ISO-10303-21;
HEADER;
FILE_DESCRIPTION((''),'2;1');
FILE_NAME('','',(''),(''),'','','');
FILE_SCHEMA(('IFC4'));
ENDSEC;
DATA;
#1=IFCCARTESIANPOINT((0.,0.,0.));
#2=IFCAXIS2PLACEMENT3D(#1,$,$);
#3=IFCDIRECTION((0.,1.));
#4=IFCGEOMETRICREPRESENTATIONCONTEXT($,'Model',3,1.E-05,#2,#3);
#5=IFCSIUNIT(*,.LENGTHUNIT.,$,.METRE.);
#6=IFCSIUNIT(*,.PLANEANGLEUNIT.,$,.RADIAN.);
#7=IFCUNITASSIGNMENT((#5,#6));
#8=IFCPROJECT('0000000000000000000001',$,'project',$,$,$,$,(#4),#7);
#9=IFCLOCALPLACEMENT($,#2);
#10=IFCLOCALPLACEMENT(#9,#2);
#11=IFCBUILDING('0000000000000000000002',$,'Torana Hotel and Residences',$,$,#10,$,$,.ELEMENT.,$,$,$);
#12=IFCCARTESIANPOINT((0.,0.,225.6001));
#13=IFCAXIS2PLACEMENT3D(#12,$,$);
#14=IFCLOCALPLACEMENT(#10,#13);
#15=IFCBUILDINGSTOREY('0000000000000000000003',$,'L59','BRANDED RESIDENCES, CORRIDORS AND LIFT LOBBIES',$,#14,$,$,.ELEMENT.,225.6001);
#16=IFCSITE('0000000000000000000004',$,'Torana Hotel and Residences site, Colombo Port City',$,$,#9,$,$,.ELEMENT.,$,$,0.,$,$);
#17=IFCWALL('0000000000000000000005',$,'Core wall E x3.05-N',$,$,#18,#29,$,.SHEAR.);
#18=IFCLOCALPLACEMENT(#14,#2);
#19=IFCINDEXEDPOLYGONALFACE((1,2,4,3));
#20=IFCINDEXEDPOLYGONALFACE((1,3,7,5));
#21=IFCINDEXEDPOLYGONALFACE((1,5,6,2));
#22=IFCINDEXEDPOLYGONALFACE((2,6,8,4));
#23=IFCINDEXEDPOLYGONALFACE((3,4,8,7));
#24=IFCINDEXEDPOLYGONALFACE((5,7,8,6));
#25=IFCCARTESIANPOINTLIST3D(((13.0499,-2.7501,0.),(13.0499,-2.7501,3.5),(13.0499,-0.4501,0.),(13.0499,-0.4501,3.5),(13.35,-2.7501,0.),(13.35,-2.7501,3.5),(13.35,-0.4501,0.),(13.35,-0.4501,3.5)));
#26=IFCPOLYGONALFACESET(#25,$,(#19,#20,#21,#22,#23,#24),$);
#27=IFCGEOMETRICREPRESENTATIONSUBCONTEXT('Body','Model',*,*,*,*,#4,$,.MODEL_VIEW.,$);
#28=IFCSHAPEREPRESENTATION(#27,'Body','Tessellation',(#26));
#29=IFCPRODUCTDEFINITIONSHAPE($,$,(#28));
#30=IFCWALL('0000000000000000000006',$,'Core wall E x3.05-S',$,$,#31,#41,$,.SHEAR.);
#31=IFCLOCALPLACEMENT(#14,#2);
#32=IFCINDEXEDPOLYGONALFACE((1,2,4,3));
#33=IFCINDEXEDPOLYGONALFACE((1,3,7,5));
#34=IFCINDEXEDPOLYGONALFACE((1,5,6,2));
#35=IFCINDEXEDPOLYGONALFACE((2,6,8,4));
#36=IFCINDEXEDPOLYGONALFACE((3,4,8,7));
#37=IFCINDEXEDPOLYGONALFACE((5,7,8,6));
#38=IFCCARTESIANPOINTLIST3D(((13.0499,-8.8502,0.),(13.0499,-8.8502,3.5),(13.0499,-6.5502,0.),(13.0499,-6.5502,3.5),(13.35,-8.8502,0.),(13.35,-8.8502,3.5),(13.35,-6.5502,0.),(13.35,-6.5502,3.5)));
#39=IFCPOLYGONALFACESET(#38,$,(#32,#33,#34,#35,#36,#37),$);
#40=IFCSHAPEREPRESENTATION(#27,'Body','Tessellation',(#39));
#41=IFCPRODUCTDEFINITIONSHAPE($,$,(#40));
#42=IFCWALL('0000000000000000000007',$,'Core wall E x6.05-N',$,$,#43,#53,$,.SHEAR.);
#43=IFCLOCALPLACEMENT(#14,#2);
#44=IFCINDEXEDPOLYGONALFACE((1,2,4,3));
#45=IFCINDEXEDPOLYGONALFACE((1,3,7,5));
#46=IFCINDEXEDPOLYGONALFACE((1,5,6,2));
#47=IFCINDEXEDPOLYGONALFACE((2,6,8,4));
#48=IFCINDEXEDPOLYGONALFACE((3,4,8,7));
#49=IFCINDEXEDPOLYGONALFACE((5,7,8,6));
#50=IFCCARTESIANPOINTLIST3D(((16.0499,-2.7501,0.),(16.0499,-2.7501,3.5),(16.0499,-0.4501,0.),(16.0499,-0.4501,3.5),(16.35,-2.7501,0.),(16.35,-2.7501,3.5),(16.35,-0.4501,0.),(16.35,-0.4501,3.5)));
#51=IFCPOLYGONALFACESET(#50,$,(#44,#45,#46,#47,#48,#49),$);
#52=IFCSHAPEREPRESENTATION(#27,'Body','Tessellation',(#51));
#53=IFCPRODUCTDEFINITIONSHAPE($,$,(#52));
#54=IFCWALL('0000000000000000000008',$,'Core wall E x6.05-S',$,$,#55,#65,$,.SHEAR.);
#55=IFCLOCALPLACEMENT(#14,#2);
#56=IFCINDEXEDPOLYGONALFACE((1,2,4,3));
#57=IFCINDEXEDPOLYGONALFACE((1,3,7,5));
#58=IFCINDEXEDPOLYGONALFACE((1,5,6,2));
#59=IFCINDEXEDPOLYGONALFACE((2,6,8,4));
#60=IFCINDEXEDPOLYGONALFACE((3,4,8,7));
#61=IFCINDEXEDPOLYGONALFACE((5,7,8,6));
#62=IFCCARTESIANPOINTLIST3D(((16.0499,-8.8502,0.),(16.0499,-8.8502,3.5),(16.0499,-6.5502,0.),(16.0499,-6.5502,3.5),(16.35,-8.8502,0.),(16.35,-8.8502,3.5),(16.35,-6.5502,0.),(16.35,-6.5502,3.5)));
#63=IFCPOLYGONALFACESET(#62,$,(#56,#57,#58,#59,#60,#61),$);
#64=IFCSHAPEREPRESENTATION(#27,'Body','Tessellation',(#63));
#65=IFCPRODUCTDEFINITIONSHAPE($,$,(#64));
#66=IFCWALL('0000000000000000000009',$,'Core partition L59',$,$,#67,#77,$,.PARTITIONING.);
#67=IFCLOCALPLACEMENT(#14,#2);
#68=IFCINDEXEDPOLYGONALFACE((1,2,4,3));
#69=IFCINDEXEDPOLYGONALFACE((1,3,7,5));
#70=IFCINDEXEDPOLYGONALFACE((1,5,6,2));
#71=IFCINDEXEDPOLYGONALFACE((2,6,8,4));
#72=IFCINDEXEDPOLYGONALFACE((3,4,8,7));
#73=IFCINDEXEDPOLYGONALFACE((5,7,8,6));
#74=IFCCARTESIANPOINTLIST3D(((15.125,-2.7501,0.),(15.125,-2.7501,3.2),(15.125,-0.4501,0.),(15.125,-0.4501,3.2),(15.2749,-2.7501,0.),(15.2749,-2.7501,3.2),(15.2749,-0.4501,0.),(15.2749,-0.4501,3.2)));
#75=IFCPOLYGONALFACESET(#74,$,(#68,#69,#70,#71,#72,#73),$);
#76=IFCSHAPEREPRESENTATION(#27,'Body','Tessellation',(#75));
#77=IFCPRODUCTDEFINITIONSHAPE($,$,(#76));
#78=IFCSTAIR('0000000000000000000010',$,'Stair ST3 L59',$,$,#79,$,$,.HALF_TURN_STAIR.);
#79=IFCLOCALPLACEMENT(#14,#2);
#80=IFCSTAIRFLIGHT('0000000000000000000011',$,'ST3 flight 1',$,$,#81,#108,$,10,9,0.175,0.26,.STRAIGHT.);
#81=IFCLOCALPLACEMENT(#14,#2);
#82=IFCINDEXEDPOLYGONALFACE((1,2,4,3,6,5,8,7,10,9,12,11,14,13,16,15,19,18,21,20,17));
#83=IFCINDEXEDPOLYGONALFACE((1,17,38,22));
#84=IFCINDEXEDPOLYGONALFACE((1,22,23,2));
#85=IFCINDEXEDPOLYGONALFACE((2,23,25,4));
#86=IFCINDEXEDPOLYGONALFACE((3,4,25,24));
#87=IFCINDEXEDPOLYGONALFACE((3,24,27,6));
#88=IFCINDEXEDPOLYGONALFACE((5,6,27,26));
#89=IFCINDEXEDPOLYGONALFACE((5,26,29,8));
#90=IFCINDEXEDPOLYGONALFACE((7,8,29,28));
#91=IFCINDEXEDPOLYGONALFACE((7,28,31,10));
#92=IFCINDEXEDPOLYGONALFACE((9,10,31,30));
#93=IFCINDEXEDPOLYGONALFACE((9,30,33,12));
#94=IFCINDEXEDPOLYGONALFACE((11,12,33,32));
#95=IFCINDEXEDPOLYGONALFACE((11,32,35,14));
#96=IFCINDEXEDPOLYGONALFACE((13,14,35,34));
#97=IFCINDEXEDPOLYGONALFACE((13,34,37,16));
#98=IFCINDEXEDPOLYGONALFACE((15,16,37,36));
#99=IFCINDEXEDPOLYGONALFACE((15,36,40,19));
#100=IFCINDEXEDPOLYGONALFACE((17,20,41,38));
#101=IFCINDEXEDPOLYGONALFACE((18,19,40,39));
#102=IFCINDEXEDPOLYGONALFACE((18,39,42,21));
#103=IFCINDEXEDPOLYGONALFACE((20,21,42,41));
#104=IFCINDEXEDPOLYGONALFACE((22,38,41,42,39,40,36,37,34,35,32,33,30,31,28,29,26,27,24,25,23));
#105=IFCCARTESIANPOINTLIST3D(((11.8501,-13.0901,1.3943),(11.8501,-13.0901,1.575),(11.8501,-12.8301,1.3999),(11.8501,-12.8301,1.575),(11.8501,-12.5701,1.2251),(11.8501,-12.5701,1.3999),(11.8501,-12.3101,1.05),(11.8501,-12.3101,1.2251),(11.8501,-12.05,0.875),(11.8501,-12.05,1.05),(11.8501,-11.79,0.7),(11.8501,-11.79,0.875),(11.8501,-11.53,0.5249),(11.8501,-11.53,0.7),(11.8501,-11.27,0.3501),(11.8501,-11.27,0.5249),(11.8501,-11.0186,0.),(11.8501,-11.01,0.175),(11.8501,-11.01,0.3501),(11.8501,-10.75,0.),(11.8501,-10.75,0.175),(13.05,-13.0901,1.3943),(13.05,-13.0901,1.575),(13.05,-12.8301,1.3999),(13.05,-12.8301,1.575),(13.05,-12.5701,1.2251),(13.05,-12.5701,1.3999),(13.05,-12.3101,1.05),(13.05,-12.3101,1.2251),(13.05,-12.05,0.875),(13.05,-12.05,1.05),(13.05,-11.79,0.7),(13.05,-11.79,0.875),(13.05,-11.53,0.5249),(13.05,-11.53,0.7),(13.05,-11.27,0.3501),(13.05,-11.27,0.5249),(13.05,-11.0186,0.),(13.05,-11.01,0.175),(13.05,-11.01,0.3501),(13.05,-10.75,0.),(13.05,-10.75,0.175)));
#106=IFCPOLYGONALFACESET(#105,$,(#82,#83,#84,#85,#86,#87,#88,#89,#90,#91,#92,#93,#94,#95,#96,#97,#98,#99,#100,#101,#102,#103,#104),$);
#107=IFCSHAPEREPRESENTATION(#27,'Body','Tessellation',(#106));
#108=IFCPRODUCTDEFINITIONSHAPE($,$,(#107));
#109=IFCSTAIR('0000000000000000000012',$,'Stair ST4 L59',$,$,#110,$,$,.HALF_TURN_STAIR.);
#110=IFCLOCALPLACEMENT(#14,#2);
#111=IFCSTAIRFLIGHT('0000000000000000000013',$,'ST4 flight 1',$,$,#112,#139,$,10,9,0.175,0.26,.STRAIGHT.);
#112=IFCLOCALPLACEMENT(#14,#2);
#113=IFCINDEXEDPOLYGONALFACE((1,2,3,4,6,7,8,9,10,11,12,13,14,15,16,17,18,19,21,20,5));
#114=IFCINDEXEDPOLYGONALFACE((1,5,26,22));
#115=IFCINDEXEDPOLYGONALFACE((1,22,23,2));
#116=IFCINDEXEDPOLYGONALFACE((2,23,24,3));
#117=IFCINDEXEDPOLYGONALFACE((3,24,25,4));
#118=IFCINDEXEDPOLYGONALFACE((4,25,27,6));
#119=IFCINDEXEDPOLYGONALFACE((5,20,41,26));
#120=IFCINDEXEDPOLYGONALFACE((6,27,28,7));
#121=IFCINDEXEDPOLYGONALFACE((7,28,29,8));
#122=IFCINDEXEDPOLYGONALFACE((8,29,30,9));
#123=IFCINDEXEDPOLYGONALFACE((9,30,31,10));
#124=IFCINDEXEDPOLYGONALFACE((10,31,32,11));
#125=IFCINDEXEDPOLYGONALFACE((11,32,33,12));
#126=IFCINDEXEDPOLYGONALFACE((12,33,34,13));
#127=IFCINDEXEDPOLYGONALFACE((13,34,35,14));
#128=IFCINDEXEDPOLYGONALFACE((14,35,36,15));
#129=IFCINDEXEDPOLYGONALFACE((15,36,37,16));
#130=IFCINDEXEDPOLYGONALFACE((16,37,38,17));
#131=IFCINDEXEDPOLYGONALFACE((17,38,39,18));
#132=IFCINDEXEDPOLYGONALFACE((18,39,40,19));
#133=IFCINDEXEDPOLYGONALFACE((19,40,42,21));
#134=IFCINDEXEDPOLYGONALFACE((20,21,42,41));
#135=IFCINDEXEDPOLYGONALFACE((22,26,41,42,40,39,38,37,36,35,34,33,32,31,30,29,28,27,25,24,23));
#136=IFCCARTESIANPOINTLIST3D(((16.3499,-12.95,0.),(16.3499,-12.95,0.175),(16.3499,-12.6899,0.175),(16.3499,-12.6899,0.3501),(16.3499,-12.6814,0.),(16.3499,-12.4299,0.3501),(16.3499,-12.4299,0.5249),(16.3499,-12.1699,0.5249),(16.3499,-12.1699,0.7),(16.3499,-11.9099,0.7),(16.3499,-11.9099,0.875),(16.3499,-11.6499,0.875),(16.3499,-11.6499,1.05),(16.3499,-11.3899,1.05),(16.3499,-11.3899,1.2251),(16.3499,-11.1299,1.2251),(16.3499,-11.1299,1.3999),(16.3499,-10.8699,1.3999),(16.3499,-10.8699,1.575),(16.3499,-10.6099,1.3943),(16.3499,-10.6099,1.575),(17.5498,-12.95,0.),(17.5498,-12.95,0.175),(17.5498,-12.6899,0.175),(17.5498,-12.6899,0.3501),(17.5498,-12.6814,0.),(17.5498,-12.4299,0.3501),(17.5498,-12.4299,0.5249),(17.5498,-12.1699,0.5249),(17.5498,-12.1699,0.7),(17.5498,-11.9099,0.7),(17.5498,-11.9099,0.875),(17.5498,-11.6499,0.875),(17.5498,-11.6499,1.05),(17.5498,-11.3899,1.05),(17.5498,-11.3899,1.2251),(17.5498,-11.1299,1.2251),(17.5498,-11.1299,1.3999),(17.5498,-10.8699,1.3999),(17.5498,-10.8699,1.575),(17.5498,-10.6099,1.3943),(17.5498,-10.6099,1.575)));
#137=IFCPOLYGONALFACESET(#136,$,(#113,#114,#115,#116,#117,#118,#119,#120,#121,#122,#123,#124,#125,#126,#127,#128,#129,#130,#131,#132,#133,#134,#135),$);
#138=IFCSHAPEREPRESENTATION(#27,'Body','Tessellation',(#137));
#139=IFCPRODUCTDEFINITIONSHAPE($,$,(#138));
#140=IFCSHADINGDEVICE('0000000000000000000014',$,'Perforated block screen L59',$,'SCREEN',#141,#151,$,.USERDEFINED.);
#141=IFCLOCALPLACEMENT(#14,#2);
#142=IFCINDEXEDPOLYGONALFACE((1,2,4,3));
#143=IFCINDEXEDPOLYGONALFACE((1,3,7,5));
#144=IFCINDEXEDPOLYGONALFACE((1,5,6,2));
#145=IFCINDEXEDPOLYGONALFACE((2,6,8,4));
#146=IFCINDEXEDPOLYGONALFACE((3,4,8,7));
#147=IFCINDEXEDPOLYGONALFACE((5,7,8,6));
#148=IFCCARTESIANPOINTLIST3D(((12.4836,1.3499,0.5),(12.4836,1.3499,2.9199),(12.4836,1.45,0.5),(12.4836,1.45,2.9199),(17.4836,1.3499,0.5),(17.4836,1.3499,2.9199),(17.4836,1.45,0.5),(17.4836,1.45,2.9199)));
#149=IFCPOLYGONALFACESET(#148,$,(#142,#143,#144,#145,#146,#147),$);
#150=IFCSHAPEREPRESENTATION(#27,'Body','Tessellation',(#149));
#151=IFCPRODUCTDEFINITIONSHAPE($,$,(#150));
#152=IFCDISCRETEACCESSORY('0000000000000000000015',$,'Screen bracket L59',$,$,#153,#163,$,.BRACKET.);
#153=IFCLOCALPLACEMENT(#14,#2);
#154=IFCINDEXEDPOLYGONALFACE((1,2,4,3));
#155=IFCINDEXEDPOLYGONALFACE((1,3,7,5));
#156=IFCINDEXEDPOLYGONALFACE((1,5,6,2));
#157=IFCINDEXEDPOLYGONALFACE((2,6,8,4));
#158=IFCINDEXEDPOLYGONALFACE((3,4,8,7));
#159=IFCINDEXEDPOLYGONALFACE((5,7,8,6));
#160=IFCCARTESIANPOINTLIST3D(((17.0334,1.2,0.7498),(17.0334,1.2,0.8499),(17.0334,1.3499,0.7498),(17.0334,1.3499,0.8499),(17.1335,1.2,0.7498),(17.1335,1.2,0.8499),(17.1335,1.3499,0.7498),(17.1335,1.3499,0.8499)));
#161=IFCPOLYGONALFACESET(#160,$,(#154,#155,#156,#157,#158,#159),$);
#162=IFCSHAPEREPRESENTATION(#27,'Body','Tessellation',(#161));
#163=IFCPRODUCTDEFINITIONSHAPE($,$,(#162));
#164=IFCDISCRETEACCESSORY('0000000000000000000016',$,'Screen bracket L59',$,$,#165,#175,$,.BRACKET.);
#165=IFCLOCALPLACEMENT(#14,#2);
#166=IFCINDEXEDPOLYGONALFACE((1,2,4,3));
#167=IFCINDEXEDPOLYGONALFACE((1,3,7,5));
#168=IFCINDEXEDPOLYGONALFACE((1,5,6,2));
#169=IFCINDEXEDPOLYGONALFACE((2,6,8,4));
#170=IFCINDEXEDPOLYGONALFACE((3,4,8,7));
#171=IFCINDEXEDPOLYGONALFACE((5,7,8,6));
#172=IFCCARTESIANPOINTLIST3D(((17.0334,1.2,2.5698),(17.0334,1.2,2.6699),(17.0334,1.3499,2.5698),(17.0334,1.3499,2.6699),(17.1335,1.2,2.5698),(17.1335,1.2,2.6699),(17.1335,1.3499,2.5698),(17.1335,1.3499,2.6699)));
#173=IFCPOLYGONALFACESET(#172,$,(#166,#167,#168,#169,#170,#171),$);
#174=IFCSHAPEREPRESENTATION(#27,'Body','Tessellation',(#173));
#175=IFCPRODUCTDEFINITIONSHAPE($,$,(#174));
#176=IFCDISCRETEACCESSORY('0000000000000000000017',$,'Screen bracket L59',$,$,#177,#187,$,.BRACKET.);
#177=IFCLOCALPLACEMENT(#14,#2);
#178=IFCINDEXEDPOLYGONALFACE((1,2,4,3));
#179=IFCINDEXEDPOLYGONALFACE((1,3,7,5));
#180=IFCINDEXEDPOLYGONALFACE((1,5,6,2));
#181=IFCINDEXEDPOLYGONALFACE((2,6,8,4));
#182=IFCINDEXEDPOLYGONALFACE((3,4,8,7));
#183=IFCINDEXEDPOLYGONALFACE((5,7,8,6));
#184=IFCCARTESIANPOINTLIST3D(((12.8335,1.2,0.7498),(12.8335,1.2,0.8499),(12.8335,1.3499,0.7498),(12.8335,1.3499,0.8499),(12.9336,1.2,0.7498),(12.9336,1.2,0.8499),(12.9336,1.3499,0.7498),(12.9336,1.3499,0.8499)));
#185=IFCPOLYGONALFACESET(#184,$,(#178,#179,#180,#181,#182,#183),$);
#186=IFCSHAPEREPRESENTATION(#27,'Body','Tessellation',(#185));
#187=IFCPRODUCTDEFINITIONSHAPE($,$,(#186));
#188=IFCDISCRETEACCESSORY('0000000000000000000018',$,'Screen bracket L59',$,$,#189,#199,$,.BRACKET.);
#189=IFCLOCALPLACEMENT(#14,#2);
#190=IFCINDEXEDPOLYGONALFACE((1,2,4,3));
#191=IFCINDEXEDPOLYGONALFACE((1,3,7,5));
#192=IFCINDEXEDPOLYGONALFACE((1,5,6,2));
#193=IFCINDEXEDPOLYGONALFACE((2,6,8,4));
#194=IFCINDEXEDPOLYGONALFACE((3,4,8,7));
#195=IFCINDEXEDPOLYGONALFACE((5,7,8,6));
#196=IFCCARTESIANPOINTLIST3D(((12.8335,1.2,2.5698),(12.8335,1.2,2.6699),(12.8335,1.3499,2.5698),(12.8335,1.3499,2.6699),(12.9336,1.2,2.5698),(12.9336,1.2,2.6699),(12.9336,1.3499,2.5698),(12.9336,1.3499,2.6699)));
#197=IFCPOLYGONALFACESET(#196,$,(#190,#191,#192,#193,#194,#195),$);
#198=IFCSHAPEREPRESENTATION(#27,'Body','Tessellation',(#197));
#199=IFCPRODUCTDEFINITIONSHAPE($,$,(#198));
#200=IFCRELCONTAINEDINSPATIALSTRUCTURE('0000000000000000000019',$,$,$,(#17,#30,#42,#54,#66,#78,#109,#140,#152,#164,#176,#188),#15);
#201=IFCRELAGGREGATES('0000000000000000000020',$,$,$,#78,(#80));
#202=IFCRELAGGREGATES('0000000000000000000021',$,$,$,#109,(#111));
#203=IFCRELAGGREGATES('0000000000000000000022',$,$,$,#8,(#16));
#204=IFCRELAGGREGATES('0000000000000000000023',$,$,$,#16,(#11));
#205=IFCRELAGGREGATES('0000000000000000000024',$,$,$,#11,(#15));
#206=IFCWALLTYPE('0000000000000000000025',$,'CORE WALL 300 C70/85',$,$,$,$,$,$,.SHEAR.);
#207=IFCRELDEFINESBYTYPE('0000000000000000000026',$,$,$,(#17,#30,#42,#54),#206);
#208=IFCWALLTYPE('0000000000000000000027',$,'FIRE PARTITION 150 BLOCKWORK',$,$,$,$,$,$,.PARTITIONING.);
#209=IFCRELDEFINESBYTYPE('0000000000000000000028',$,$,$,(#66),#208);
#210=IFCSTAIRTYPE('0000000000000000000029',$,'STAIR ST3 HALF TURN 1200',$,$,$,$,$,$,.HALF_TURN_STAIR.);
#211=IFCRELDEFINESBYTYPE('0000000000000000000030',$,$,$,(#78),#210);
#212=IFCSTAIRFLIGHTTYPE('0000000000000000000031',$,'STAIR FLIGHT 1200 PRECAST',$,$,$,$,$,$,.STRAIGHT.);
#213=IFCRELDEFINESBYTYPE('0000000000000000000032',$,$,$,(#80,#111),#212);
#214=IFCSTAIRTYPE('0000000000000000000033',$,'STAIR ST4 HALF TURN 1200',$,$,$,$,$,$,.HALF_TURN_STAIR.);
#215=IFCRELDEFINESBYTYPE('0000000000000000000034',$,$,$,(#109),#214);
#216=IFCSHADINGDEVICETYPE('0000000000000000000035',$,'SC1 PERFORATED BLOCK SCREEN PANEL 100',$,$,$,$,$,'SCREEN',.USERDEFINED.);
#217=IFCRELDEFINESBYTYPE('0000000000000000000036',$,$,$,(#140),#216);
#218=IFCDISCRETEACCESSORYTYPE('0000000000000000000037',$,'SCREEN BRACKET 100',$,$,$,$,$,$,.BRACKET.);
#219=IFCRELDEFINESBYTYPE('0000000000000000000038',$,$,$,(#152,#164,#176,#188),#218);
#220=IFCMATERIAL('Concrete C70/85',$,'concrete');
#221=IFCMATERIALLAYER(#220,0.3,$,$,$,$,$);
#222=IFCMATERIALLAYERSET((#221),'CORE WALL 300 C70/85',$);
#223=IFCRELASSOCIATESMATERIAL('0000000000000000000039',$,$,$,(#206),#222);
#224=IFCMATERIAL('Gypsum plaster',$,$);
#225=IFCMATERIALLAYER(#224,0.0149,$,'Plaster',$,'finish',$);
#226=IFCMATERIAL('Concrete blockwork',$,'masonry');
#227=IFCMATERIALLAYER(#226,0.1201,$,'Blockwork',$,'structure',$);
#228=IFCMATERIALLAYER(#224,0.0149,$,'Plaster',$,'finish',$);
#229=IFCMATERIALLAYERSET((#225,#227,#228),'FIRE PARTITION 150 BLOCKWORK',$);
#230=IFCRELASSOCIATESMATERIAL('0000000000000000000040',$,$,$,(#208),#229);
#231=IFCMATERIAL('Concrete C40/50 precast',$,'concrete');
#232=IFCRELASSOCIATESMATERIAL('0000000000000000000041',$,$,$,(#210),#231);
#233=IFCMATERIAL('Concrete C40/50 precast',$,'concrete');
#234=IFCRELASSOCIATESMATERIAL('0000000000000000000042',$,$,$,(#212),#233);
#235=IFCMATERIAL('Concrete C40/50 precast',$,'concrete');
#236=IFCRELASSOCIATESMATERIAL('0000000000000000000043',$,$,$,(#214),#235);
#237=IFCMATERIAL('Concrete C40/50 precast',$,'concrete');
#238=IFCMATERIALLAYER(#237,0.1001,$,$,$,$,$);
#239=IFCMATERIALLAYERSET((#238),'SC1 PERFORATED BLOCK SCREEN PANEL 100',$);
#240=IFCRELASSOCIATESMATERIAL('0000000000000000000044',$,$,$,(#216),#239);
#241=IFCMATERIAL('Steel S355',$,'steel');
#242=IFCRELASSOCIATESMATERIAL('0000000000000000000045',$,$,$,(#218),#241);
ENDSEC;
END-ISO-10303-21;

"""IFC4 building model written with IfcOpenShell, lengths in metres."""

from ifc_helpers import new_model, si_unit, direction, frame, frame_2d, origin, origin_2d, place, context, subcontext, project, spatial, polyline, rectangle, outline, extrude, material, layer, layer_set, type_object, element, aggregate, save


model = new_model("IFC4")

# Units and contexts
model_context = context("Model", 3, precision=1e-05, world=origin(), true_north=direction((0.0, 1.0)))
body_context = subcontext(model_context, "Body", "Model", "MODEL_VIEW")
ifc_project = project(units=[si_unit("LENGTHUNIT", "METRE"), si_unit("PLANEANGLEUNIT", "RADIAN")], contexts=[model_context])

# Site, building, storey
site_placement = place(None, origin())
site = spatial("IfcSite", under=ifc_project, at=site_placement, Name="Torana Hotel and Residences site, Colombo Port City", CompositionType="ELEMENT", RefElevation=0.0)
building_placement = place(site_placement, origin())
building = spatial("IfcBuilding", under=site, at=building_placement, Name="Torana Hotel and Residences", CompositionType="ELEMENT")
storey_placement = place(building_placement, frame((0.0, 0.0, 225.6001)))
storey = spatial("IfcBuildingStorey", under=building, at=storey_placement, Name="L59", Description="BRANDED RESIDENCES, CORRIDORS AND LIFT LOBBIES", CompositionType="ELEMENT", Elevation=225.6001)

# Walls
ifc_material_1 = material(Name="Concrete C70/85", Category="concrete")
ifc_layer_1 = layer(ifc_material_1, 0.3)
ifc_layer_set_1 = layer_set([ifc_layer_1], Name="CORE WALL 300 C70/85")
wall_type_1 = type_object("IfcWallType", Name="CORE WALL 300 C70/85", PredefinedType="SHEAR", material=ifc_layer_set_1)
for number, where, z_axis, x_axis, name in (
    (1, (13.2, -2.75, 0.0), (0.0, 0.0, 1.0), (0.0, 1.0, 0.0), "Core wall E x3.05-N"),
    (2, (13.2, -8.8501, 0.0), (0.0, 0.0, 1.0), (0.0, 1.0, 0.0), "Core wall E x3.05-S"),
    (3, (16.2, -2.75, 0.0), (0.0, 0.0, 1.0), (0.0, 1.0, 0.0), "Core wall E x6.05-N"),
    (4, (16.2, -8.8501, 0.0), (0.0, 0.0, 1.0), (0.0, 1.0, 0.0), "Core wall E x6.05-S"),
):
    element("IfcWall", number, at=place(storey_placement, frame(where, z_axis=z_axis, x_axis=x_axis)), inside=storey, type_object=wall_type_1, Name=name, PredefinedType="SHEAR", context=body_context, shape_type="SweptSolid", body=[
        extrude(rectangle(XDim=2.3, YDim=0.3, at=frame_2d((1.1499, 0.0))), origin(), (0.0, 0.0, 1.0), 3.5),
    ])
ifc_material_2 = material(Name="Gypsum plaster")
ifc_layer_2 = layer(ifc_material_2, 0.0149, Name="Plaster", Category="finish")
ifc_material_3 = material(Name="Concrete blockwork", Category="masonry")
ifc_layer_3 = layer(ifc_material_3, 0.1201, Name="Blockwork", Category="structure")
ifc_layer_4 = layer(ifc_material_2, 0.0149, Name="Plaster", Category="finish")
ifc_layer_set_2 = layer_set([ifc_layer_2, ifc_layer_3, ifc_layer_4], Name="FIRE PARTITION 150 BLOCKWORK")
wall_type_2 = type_object("IfcWallType", Name="FIRE PARTITION 150 BLOCKWORK", PredefinedType="PARTITIONING", material=ifc_layer_set_2)
wall_placement = place(storey_placement, frame((15.2, -2.75, 0.0), z_axis=(0.0, 0.0, 1.0), x_axis=(0.0, 1.0, 0.0)))
element("IfcWall", 5, at=wall_placement, inside=storey, type_object=wall_type_2, Name="Core partition L59", PredefinedType="PARTITIONING", context=body_context, shape_type="SweptSolid", body=[
    extrude(rectangle(XDim=2.3, YDim=0.1499, at=frame_2d((1.1499, 0.0))), origin(), (0.0, 0.0, 1.0), 3.2),
])

# Stairs, stair flights
ifc_material_4 = material(Name="Concrete C40/50 precast", Category="concrete")
stair_type_1 = type_object("IfcStairType", Name="STAIR ST3 HALF TURN 1200", PredefinedType="HALF_TURN_STAIR", material=ifc_material_4)
stair_1_placement = place(storey_placement, origin())
stair_1 = element("IfcStair", 6, at=stair_1_placement, inside=storey, type_object=stair_type_1, Name="Stair ST3 L59", PredefinedType="HALF_TURN_STAIR")
ifc_material_5 = material(Name="Concrete C40/50 precast", Category="concrete")
stair_flight_type = type_object("IfcStairFlightType", Name="STAIR FLIGHT 1200 PRECAST", PredefinedType="STRAIGHT", material=ifc_material_5)
stair_flight_1_placement = place(storey_placement, frame((12.45, -10.75, 0.0), z_axis=(0.0, 0.0, 1.0), x_axis=(0.0, -1.0, 0.0)))
stair_flight_1 = element("IfcStairFlight", 7, at=stair_flight_1_placement, type_object=stair_flight_type, Name="ST3 flight 1", NumberOfRisers=10, NumberOfTreads=9, PredefinedType="STRAIGHT", RiserHeight=0.175, TreadLength=0.26, context=body_context, shape_type="SweptSolid", body=[
    extrude(outline(polyline([(0.0, 0.0), (0.0, 0.175), (0.26, 0.175), (0.26, 0.3501), (0.52, 0.3501), (0.52, 0.5249), (0.78, 0.5249), (0.78, 0.7), (1.04, 0.7), (1.04, 0.875), (1.3, 0.875), (1.3, 1.05), (1.5601, 1.05), (1.5601, 1.2251), (1.8201, 1.2251), (1.8201, 1.3999), (2.0801, 1.3999), (2.0801, 1.575), (2.3401, 1.575), (2.3401, 1.75), (2.3401, 1.3943), (0.2686, 0.0), (0.0, 0.0)])), frame((0.0, 0.6001, 0.0), z_axis=(0.0, -1.0, 0.0), x_axis=(1.0, 0.0, 0.0)), (0.0, 0.0, 1.0), 1.2),
])
aggregate(stair_1, [stair_flight_1])
ifc_material_6 = material(Name="Concrete C40/50 precast", Category="concrete")
stair_type_2 = type_object("IfcStairType", Name="STAIR ST4 HALF TURN 1200", PredefinedType="HALF_TURN_STAIR", material=ifc_material_6)
stair_2_placement = place(storey_placement, origin())
stair_2 = element("IfcStair", 8, at=stair_2_placement, inside=storey, type_object=stair_type_2, Name="Stair ST4 L59", PredefinedType="HALF_TURN_STAIR")
stair_flight_2_placement = place(storey_placement, frame((16.95, -12.95, 0.0), z_axis=(0.0, 0.0, 1.0), x_axis=(0.0, 1.0, 0.0)))
stair_flight_2 = element("IfcStairFlight", 9, at=stair_flight_2_placement, type_object=stair_flight_type, Name="ST4 flight 1", NumberOfRisers=10, NumberOfTreads=9, PredefinedType="STRAIGHT", RiserHeight=0.175, TreadLength=0.26, context=body_context, shape_type="SweptSolid", body=[
    extrude(outline(polyline([(0.0, 0.0), (0.0, 0.175), (0.26, 0.175), (0.26, 0.3501), (0.52, 0.3501), (0.52, 0.5249), (0.78, 0.5249), (0.78, 0.7), (1.04, 0.7), (1.04, 0.875), (1.3, 0.875), (1.3, 1.05), (1.5601, 1.05), (1.5601, 1.2251), (1.8201, 1.2251), (1.8201, 1.3999), (2.0801, 1.3999), (2.0801, 1.575), (2.3401, 1.575), (2.3401, 1.75), (2.3401, 1.3943), (0.2686, 0.0), (0.0, 0.0)])), frame((0.0, 0.6001, 0.0), z_axis=(0.0, -1.0, 0.0), x_axis=(1.0, 0.0, 0.0)), (0.0, 0.0, 1.0), 1.2),
])
aggregate(stair_2, [stair_flight_2])

# Shading device
ifc_material_7 = material(Name="Concrete C40/50 precast", Category="concrete")
ifc_layer_5 = layer(ifc_material_7, 0.1001)
ifc_layer_set_3 = layer_set([ifc_layer_5], Name="SC1 PERFORATED BLOCK SCREEN PANEL 100")
shading_device_type = type_object("IfcShadingDeviceType", Name="SC1 PERFORATED BLOCK SCREEN PANEL 100", ElementType="SCREEN", PredefinedType="USERDEFINED", material=ifc_layer_set_3)
shading_device_placement = place(storey_placement, frame((14.9836, 1.3999, 0.5), z_axis=(0.0, 0.0, 1.0), x_axis=(-1.0, 0.0, 0.0)))
element("IfcShadingDevice", 10, at=shading_device_placement, inside=storey, type_object=shading_device_type, Name="Perforated block screen L59", ObjectType="SCREEN", PredefinedType="USERDEFINED", context=body_context, shape_type="SweptSolid", body=[
    extrude(rectangle(XDim=5.0, YDim=0.1001, at=origin_2d()), origin(), (0.0, 0.0, 1.0), 2.4199),
])

# Discrete accessories
ifc_material_8 = material(Name="Steel S355", Category="steel")
discrete_accessory_type = type_object("IfcDiscreteAccessoryType", Name="SCREEN BRACKET 100", PredefinedType="BRACKET", material=ifc_material_8)
for number, where, z_axis, x_axis, name in (
    (11, (17.0835, 1.2749, 0.7498), (0.0, 0.0, 1.0), (-1.0, 0.0, 0.0), "Screen bracket L59"),
    (12, (17.0835, 1.2749, 2.5698), (0.0, 0.0, 1.0), (-1.0, 0.0, 0.0), "Screen bracket L59"),
    (13, (12.8835, 1.2749, 0.7498), (0.0, 0.0, 1.0), (-1.0, 0.0, 0.0), "Screen bracket L59"),
    (14, (12.8835, 1.2749, 2.5698), (0.0, 0.0, 1.0), (-1.0, 0.0, 0.0), "Screen bracket L59"),
):
    element("IfcDiscreteAccessory", number, at=place(storey_placement, frame(where, z_axis=z_axis, x_axis=x_axis)), inside=storey, type_object=discrete_accessory_type, Name=name, PredefinedType="BRACKET", context=body_context, shape_type="SweptSolid", body=[
        extrude(rectangle(XDim=0.1001, YDim=0.1499, at=origin_2d()), origin(), (0.0, 0.0, 1.0), 0.1001),
    ])

save(model, "model.ifc")
